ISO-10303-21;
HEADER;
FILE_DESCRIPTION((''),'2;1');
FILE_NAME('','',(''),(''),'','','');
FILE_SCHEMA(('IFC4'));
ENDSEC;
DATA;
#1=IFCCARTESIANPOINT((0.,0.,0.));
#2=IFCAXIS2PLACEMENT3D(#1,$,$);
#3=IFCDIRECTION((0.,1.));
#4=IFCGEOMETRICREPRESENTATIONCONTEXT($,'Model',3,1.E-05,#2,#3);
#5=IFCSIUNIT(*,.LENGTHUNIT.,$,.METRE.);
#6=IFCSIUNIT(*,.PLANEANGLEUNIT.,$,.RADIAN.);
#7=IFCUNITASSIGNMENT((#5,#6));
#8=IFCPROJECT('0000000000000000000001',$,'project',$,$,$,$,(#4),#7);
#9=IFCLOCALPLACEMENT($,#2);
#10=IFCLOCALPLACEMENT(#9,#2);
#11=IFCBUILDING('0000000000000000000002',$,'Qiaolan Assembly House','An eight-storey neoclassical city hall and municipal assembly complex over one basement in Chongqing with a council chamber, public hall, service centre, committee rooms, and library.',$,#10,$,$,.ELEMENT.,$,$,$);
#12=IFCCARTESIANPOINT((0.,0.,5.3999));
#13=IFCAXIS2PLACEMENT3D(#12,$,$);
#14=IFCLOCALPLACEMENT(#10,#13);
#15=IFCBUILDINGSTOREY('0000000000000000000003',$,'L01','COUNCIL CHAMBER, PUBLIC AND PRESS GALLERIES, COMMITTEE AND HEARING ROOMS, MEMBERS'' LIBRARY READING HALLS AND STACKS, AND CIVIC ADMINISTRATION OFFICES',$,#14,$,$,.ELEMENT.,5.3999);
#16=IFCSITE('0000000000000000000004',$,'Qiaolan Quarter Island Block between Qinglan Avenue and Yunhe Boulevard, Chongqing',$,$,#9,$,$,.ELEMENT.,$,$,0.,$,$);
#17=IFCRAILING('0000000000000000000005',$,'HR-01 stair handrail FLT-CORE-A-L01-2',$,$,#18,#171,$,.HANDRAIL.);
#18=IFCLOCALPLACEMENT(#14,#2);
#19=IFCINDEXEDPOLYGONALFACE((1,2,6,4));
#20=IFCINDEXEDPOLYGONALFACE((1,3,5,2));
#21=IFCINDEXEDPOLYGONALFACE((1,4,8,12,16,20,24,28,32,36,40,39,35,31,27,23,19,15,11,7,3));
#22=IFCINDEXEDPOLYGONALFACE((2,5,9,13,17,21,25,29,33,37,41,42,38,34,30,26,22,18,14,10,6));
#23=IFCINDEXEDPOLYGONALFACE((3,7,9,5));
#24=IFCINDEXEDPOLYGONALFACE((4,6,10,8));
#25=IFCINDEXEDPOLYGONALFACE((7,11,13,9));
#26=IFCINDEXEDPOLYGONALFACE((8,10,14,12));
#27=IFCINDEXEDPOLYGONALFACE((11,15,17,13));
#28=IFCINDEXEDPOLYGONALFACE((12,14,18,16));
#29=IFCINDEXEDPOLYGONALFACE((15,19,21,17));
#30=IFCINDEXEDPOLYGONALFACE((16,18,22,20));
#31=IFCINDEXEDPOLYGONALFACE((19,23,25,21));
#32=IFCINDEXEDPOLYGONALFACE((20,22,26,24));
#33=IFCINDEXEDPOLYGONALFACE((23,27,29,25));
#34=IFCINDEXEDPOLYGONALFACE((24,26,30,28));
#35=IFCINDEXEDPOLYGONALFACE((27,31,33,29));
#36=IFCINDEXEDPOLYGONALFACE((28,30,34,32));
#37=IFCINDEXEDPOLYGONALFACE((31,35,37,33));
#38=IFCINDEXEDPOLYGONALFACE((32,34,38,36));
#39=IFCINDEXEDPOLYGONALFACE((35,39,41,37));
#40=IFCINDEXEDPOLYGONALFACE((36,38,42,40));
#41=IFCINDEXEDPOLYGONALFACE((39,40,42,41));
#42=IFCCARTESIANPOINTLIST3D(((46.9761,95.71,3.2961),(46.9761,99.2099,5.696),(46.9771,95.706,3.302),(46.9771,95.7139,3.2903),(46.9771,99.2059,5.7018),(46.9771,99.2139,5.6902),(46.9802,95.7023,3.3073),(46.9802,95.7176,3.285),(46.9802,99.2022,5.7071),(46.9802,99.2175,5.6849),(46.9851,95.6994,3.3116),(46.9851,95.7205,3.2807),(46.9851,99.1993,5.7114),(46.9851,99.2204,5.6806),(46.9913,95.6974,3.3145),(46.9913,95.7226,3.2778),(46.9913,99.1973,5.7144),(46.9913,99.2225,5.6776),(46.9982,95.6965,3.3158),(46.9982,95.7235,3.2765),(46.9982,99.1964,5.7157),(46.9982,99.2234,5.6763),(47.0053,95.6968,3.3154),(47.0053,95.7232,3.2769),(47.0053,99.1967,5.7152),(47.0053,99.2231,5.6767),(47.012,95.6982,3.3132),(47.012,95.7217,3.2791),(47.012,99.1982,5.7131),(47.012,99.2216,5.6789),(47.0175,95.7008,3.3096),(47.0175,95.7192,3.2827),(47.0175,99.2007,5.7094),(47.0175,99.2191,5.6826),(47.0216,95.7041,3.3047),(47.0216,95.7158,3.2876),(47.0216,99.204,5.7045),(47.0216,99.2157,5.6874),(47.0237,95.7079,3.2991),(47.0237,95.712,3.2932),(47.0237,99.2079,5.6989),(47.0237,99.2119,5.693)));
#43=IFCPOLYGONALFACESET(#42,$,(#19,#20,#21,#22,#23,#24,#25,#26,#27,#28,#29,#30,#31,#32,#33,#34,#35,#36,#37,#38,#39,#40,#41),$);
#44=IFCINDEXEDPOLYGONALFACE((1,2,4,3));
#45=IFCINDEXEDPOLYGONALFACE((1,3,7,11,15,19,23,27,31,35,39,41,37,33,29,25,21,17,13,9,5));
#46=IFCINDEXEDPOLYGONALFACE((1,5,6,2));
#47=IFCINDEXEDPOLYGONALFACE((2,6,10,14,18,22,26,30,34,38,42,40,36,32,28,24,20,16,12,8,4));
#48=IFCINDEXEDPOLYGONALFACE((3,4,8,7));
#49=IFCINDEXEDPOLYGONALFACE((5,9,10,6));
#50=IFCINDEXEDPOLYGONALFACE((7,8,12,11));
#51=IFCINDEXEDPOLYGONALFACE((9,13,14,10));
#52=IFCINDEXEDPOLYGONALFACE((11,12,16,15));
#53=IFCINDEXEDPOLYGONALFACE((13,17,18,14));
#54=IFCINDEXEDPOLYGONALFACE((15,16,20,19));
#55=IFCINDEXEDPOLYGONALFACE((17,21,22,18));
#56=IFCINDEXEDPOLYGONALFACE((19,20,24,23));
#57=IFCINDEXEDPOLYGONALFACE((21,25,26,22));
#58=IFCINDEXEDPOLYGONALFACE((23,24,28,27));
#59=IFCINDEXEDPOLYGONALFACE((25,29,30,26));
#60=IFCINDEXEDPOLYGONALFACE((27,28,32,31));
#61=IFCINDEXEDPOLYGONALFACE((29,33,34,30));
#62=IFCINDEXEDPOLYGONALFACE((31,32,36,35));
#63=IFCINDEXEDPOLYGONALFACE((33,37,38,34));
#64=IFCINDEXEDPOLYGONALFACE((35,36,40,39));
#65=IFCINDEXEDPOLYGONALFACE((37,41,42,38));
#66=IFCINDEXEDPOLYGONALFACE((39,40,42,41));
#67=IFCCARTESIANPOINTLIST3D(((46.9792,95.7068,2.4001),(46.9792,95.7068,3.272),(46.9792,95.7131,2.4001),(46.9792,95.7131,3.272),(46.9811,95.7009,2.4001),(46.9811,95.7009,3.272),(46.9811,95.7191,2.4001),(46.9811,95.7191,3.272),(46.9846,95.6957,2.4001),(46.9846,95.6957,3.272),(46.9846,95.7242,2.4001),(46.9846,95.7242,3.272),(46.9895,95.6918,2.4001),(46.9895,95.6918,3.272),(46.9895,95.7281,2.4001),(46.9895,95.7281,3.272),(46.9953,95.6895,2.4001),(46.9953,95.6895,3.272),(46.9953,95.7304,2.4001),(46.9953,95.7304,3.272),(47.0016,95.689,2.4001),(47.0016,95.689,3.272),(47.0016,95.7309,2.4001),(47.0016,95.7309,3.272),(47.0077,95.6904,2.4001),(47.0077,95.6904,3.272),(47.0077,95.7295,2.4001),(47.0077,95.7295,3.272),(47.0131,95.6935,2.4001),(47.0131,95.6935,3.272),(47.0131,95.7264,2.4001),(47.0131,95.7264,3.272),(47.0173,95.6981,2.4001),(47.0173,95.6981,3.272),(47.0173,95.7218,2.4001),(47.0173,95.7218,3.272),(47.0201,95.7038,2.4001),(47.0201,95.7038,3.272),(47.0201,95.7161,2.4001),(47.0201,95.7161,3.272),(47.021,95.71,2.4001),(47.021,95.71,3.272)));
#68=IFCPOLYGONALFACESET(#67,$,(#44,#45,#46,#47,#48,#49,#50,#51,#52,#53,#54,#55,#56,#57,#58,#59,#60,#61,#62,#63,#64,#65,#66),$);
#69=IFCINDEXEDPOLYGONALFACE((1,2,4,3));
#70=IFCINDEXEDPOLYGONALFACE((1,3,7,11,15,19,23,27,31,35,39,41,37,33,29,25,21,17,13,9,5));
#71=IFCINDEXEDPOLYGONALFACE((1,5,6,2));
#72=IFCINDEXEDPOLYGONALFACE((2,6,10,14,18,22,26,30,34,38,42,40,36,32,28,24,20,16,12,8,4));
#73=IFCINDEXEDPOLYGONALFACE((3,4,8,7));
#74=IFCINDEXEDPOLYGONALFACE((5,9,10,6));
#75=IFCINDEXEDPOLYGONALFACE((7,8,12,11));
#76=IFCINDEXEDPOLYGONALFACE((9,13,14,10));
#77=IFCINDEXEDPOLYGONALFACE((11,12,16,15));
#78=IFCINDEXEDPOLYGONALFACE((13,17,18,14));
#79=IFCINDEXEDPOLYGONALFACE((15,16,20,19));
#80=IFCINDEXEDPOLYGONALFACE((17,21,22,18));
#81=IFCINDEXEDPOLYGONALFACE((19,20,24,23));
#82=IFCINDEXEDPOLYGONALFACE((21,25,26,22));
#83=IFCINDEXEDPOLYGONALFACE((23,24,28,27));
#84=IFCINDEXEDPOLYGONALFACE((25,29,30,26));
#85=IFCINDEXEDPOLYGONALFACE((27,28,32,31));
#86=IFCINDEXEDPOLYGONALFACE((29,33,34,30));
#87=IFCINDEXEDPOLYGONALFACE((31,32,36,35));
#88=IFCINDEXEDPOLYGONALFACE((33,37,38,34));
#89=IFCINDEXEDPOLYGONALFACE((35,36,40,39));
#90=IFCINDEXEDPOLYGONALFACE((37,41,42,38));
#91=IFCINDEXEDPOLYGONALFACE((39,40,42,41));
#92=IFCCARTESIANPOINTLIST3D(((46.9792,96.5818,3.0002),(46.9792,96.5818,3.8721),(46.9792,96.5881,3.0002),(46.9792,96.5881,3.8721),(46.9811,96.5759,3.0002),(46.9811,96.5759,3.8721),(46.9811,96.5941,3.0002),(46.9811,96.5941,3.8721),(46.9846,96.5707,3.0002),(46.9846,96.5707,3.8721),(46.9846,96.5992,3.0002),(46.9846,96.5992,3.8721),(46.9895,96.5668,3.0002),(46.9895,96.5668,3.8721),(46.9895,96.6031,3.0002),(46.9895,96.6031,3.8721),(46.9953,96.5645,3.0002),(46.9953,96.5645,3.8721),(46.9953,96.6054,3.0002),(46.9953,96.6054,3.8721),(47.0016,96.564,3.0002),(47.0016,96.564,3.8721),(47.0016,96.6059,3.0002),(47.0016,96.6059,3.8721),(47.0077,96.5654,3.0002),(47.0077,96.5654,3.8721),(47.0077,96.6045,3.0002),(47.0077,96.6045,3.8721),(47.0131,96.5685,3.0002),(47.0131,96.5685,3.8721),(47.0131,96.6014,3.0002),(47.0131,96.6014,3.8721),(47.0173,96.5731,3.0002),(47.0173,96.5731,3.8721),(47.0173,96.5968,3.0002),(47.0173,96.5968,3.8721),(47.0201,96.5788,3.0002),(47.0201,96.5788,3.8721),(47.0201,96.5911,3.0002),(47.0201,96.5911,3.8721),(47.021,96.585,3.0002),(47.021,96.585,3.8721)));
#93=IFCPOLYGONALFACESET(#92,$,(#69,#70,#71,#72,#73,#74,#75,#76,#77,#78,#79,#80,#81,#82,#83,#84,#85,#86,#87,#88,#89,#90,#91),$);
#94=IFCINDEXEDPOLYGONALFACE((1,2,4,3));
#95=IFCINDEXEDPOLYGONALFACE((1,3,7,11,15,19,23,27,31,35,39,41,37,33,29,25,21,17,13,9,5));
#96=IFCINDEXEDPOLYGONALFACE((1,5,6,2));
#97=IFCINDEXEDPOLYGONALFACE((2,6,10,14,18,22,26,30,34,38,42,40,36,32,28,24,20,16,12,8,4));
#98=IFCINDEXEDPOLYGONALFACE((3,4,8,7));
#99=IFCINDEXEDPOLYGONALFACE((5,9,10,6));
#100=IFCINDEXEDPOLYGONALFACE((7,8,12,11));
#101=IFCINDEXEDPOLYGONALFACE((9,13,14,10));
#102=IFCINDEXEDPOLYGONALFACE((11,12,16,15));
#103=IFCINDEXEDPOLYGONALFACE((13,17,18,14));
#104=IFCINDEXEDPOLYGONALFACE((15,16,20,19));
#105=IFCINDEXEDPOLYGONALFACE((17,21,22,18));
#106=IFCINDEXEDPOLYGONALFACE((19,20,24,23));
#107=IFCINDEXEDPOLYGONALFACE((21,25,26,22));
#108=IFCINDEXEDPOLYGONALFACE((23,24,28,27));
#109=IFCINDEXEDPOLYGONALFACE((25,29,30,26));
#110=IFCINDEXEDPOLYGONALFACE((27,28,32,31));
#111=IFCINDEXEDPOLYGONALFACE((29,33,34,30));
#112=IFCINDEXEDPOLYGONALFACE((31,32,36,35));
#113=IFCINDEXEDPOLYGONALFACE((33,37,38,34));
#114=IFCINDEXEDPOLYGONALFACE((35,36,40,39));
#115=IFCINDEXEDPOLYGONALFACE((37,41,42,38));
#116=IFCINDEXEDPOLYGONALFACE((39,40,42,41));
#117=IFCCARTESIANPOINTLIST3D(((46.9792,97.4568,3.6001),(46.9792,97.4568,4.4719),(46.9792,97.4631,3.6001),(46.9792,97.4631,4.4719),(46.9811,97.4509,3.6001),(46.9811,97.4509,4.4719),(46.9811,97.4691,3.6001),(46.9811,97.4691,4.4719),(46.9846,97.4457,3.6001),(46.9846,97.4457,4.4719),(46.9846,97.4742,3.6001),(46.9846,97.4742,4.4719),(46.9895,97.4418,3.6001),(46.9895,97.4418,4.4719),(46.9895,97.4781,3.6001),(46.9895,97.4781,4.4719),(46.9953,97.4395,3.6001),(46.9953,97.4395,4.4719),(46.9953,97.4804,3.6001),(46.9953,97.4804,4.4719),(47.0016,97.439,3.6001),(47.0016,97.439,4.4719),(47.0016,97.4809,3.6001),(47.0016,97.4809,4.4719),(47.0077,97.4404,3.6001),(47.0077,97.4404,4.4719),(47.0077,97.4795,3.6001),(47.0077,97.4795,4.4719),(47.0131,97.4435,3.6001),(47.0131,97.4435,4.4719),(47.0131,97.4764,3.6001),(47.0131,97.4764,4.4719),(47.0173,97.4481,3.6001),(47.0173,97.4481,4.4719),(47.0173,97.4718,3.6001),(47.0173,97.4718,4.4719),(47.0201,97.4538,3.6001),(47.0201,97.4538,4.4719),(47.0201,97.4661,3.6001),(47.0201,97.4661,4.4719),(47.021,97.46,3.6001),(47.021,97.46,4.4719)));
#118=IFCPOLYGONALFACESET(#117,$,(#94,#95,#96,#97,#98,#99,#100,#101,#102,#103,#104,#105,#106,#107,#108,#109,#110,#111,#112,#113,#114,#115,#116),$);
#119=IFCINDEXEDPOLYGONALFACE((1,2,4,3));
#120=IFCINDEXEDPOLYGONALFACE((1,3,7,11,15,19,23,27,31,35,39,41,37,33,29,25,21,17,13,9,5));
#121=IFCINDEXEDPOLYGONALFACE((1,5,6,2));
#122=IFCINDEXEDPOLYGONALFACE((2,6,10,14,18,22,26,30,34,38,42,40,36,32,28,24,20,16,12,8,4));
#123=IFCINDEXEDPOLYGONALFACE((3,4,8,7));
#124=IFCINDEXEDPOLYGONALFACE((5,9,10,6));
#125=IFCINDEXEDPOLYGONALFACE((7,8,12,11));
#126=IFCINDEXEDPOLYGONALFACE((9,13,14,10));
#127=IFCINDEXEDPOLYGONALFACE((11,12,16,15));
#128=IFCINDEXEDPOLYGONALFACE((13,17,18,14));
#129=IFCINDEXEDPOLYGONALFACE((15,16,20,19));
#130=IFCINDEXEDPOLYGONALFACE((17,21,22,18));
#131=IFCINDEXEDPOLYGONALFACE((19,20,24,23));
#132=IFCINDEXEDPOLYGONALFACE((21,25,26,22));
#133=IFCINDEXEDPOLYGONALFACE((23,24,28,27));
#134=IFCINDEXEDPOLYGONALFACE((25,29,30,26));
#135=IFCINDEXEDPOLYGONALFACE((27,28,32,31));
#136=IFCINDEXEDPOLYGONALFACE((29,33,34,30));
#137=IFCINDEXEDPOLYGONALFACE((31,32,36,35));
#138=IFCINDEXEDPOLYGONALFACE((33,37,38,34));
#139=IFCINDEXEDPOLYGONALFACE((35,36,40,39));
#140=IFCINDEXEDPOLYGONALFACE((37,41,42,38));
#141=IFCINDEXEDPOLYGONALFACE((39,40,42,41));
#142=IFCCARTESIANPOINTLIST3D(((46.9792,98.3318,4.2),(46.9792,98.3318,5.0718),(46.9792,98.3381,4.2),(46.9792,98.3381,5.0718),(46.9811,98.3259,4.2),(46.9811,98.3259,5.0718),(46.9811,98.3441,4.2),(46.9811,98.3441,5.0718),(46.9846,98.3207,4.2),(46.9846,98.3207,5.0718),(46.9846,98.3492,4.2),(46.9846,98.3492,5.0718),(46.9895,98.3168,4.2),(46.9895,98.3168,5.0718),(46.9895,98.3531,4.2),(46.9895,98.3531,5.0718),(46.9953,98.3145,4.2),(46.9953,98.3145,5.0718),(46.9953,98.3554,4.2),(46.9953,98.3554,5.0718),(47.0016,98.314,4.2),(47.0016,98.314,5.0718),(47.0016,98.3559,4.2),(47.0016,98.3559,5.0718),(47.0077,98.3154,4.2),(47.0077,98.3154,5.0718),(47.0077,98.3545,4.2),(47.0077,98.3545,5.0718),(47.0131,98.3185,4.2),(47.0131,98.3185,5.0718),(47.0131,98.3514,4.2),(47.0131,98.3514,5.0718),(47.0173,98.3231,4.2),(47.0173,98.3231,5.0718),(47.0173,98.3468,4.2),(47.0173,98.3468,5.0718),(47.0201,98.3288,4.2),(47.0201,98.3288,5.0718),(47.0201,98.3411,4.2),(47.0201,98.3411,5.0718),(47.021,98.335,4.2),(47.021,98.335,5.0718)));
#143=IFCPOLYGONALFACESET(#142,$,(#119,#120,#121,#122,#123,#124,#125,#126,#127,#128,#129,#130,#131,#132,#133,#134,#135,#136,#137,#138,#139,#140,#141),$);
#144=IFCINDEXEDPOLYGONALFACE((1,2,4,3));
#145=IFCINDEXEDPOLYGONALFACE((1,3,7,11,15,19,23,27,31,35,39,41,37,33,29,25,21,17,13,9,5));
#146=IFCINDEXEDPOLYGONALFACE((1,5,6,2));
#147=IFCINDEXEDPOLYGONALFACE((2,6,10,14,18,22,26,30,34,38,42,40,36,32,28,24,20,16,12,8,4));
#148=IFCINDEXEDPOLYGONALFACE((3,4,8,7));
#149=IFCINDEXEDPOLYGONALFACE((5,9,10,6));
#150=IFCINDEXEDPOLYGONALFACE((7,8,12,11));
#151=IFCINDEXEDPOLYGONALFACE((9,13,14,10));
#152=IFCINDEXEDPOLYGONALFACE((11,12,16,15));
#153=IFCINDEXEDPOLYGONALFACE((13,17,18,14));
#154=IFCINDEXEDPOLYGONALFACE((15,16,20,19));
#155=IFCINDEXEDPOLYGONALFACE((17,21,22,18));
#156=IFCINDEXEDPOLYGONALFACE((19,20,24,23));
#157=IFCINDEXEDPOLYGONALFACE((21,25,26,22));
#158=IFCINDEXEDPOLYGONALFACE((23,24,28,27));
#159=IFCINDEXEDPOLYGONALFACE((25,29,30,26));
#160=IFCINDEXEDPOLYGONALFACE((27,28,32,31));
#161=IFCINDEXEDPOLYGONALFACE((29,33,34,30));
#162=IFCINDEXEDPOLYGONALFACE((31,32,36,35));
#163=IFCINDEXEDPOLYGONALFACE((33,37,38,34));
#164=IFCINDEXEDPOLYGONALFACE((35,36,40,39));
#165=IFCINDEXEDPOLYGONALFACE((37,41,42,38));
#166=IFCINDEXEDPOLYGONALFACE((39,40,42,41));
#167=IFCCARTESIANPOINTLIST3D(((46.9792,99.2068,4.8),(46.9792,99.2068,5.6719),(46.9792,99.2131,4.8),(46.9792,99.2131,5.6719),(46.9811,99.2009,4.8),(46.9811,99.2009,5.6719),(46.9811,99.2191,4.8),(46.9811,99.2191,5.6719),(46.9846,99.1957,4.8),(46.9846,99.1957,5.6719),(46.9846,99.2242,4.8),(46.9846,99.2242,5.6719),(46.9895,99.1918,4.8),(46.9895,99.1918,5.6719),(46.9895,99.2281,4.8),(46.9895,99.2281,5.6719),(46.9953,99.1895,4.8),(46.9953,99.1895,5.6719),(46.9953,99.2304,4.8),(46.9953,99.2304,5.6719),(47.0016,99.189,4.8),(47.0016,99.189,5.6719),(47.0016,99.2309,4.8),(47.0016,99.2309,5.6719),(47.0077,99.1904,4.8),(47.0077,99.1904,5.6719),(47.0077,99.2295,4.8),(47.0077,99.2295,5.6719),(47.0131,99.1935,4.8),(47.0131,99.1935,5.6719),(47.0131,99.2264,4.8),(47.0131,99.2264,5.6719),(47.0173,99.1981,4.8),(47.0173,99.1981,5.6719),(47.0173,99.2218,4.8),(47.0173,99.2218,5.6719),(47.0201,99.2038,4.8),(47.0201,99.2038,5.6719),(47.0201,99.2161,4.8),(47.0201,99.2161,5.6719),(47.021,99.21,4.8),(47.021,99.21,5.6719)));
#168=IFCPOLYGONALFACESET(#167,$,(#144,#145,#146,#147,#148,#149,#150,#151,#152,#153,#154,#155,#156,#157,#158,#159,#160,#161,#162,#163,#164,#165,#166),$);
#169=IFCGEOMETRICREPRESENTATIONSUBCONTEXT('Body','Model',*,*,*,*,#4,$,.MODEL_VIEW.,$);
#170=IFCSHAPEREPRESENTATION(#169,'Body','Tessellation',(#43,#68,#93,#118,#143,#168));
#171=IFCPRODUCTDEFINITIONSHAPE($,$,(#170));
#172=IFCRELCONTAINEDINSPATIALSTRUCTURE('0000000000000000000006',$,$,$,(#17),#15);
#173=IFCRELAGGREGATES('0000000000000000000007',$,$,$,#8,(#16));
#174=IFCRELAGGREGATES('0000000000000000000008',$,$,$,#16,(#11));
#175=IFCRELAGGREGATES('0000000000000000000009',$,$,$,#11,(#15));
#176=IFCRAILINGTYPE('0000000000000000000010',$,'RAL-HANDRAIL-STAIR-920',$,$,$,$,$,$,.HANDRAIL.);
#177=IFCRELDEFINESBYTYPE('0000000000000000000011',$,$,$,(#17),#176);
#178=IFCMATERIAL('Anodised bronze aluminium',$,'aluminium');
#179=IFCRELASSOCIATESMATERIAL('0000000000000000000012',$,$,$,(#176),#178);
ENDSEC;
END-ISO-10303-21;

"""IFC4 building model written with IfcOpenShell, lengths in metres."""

from ifc_helpers import new_model, si_unit, direction, frame, origin, origin_2d, place, context, subcontext, project, spatial, circle, extrude, material, type_object, element, save


model = new_model("IFC4")

# Units and contexts
model_context = context("Model", 3, precision=1e-05, world=origin(), true_north=direction((0.0, 1.0)))
body_context = subcontext(model_context, "Body", "Model", "MODEL_VIEW")
ifc_project = project(units=[si_unit("LENGTHUNIT", "METRE"), si_unit("PLANEANGLEUNIT", "RADIAN")], contexts=[model_context])

# Site, building, storey
site_placement = place(None, origin())
site = spatial("IfcSite", under=ifc_project, at=site_placement, Name="Qiaolan Quarter Island Block between Qinglan Avenue and Yunhe Boulevard, Chongqing", CompositionType="ELEMENT", RefElevation=0.0)
building_placement = place(site_placement, origin())
building = spatial("IfcBuilding", under=site, at=building_placement, Name="Qiaolan Assembly House", Description="An eight-storey neoclassical city hall and municipal assembly complex over one basement in Chongqing with a council chamber, public hall, service centre, committee rooms, and library.", CompositionType="ELEMENT")
storey_placement = place(building_placement, frame((0.0, 0.0, 5.3999)))
storey = spatial("IfcBuildingStorey", under=building, at=storey_placement, Name="L01", Description="COUNCIL CHAMBER, PUBLIC AND PRESS GALLERIES, COMMITTEE AND HEARING ROOMS, MEMBERS' LIBRARY READING HALLS AND STACKS, AND CIVIC ADMINISTRATION OFFICES", CompositionType="ELEMENT", Elevation=5.3999)

# Railing
ifc_material_1 = material(Name="Anodised bronze aluminium", Category="aluminium")
railing_type = type_object("IfcRailingType", Name="RAL-HANDRAIL-STAIR-920", PredefinedType="HANDRAIL", material=ifc_material_1)
railing_placement = place(storey_placement, frame((47.0, 95.71, 2.4001)))
element("IfcRailing", 1, at=railing_placement, inside=storey, type_object=railing_type, Name="HR-01 stair handrail FLT-CORE-A-L01-2", PredefinedType="HANDRAIL", context=body_context, shape_type="SweptSolid", body=[
    extrude(circle(Radius=0.0239, at=origin_2d()), frame((0.0, 0.0, 0.896), z_axis=(0.0, 0.82474, 0.565513), x_axis=(-1.0, 0.0, 0.0)), (0.0, 0.0, 1.0), 4.2437),
    extrude(circle(Radius=0.021, at=origin_2d()), origin(), (0.0, 0.0, 1.0), 0.8718),
    extrude(circle(Radius=0.021, at=origin_2d()), frame((0.0, 0.875, 0.6001)), (0.0, 0.0, 1.0), 0.8718),
    extrude(circle(Radius=0.021, at=origin_2d()), frame((0.0, 1.75, 1.2)), (0.0, 0.0, 1.0), 0.8718),
    extrude(circle(Radius=0.021, at=origin_2d()), frame((0.0, 2.625, 1.7998)), (0.0, 0.0, 1.0), 0.8718),
    extrude(circle(Radius=0.021, at=origin_2d()), frame((0.0, 3.5, 2.3999)), (0.0, 0.0, 1.0), 0.8718),
])

save(model, "model.ifc")
